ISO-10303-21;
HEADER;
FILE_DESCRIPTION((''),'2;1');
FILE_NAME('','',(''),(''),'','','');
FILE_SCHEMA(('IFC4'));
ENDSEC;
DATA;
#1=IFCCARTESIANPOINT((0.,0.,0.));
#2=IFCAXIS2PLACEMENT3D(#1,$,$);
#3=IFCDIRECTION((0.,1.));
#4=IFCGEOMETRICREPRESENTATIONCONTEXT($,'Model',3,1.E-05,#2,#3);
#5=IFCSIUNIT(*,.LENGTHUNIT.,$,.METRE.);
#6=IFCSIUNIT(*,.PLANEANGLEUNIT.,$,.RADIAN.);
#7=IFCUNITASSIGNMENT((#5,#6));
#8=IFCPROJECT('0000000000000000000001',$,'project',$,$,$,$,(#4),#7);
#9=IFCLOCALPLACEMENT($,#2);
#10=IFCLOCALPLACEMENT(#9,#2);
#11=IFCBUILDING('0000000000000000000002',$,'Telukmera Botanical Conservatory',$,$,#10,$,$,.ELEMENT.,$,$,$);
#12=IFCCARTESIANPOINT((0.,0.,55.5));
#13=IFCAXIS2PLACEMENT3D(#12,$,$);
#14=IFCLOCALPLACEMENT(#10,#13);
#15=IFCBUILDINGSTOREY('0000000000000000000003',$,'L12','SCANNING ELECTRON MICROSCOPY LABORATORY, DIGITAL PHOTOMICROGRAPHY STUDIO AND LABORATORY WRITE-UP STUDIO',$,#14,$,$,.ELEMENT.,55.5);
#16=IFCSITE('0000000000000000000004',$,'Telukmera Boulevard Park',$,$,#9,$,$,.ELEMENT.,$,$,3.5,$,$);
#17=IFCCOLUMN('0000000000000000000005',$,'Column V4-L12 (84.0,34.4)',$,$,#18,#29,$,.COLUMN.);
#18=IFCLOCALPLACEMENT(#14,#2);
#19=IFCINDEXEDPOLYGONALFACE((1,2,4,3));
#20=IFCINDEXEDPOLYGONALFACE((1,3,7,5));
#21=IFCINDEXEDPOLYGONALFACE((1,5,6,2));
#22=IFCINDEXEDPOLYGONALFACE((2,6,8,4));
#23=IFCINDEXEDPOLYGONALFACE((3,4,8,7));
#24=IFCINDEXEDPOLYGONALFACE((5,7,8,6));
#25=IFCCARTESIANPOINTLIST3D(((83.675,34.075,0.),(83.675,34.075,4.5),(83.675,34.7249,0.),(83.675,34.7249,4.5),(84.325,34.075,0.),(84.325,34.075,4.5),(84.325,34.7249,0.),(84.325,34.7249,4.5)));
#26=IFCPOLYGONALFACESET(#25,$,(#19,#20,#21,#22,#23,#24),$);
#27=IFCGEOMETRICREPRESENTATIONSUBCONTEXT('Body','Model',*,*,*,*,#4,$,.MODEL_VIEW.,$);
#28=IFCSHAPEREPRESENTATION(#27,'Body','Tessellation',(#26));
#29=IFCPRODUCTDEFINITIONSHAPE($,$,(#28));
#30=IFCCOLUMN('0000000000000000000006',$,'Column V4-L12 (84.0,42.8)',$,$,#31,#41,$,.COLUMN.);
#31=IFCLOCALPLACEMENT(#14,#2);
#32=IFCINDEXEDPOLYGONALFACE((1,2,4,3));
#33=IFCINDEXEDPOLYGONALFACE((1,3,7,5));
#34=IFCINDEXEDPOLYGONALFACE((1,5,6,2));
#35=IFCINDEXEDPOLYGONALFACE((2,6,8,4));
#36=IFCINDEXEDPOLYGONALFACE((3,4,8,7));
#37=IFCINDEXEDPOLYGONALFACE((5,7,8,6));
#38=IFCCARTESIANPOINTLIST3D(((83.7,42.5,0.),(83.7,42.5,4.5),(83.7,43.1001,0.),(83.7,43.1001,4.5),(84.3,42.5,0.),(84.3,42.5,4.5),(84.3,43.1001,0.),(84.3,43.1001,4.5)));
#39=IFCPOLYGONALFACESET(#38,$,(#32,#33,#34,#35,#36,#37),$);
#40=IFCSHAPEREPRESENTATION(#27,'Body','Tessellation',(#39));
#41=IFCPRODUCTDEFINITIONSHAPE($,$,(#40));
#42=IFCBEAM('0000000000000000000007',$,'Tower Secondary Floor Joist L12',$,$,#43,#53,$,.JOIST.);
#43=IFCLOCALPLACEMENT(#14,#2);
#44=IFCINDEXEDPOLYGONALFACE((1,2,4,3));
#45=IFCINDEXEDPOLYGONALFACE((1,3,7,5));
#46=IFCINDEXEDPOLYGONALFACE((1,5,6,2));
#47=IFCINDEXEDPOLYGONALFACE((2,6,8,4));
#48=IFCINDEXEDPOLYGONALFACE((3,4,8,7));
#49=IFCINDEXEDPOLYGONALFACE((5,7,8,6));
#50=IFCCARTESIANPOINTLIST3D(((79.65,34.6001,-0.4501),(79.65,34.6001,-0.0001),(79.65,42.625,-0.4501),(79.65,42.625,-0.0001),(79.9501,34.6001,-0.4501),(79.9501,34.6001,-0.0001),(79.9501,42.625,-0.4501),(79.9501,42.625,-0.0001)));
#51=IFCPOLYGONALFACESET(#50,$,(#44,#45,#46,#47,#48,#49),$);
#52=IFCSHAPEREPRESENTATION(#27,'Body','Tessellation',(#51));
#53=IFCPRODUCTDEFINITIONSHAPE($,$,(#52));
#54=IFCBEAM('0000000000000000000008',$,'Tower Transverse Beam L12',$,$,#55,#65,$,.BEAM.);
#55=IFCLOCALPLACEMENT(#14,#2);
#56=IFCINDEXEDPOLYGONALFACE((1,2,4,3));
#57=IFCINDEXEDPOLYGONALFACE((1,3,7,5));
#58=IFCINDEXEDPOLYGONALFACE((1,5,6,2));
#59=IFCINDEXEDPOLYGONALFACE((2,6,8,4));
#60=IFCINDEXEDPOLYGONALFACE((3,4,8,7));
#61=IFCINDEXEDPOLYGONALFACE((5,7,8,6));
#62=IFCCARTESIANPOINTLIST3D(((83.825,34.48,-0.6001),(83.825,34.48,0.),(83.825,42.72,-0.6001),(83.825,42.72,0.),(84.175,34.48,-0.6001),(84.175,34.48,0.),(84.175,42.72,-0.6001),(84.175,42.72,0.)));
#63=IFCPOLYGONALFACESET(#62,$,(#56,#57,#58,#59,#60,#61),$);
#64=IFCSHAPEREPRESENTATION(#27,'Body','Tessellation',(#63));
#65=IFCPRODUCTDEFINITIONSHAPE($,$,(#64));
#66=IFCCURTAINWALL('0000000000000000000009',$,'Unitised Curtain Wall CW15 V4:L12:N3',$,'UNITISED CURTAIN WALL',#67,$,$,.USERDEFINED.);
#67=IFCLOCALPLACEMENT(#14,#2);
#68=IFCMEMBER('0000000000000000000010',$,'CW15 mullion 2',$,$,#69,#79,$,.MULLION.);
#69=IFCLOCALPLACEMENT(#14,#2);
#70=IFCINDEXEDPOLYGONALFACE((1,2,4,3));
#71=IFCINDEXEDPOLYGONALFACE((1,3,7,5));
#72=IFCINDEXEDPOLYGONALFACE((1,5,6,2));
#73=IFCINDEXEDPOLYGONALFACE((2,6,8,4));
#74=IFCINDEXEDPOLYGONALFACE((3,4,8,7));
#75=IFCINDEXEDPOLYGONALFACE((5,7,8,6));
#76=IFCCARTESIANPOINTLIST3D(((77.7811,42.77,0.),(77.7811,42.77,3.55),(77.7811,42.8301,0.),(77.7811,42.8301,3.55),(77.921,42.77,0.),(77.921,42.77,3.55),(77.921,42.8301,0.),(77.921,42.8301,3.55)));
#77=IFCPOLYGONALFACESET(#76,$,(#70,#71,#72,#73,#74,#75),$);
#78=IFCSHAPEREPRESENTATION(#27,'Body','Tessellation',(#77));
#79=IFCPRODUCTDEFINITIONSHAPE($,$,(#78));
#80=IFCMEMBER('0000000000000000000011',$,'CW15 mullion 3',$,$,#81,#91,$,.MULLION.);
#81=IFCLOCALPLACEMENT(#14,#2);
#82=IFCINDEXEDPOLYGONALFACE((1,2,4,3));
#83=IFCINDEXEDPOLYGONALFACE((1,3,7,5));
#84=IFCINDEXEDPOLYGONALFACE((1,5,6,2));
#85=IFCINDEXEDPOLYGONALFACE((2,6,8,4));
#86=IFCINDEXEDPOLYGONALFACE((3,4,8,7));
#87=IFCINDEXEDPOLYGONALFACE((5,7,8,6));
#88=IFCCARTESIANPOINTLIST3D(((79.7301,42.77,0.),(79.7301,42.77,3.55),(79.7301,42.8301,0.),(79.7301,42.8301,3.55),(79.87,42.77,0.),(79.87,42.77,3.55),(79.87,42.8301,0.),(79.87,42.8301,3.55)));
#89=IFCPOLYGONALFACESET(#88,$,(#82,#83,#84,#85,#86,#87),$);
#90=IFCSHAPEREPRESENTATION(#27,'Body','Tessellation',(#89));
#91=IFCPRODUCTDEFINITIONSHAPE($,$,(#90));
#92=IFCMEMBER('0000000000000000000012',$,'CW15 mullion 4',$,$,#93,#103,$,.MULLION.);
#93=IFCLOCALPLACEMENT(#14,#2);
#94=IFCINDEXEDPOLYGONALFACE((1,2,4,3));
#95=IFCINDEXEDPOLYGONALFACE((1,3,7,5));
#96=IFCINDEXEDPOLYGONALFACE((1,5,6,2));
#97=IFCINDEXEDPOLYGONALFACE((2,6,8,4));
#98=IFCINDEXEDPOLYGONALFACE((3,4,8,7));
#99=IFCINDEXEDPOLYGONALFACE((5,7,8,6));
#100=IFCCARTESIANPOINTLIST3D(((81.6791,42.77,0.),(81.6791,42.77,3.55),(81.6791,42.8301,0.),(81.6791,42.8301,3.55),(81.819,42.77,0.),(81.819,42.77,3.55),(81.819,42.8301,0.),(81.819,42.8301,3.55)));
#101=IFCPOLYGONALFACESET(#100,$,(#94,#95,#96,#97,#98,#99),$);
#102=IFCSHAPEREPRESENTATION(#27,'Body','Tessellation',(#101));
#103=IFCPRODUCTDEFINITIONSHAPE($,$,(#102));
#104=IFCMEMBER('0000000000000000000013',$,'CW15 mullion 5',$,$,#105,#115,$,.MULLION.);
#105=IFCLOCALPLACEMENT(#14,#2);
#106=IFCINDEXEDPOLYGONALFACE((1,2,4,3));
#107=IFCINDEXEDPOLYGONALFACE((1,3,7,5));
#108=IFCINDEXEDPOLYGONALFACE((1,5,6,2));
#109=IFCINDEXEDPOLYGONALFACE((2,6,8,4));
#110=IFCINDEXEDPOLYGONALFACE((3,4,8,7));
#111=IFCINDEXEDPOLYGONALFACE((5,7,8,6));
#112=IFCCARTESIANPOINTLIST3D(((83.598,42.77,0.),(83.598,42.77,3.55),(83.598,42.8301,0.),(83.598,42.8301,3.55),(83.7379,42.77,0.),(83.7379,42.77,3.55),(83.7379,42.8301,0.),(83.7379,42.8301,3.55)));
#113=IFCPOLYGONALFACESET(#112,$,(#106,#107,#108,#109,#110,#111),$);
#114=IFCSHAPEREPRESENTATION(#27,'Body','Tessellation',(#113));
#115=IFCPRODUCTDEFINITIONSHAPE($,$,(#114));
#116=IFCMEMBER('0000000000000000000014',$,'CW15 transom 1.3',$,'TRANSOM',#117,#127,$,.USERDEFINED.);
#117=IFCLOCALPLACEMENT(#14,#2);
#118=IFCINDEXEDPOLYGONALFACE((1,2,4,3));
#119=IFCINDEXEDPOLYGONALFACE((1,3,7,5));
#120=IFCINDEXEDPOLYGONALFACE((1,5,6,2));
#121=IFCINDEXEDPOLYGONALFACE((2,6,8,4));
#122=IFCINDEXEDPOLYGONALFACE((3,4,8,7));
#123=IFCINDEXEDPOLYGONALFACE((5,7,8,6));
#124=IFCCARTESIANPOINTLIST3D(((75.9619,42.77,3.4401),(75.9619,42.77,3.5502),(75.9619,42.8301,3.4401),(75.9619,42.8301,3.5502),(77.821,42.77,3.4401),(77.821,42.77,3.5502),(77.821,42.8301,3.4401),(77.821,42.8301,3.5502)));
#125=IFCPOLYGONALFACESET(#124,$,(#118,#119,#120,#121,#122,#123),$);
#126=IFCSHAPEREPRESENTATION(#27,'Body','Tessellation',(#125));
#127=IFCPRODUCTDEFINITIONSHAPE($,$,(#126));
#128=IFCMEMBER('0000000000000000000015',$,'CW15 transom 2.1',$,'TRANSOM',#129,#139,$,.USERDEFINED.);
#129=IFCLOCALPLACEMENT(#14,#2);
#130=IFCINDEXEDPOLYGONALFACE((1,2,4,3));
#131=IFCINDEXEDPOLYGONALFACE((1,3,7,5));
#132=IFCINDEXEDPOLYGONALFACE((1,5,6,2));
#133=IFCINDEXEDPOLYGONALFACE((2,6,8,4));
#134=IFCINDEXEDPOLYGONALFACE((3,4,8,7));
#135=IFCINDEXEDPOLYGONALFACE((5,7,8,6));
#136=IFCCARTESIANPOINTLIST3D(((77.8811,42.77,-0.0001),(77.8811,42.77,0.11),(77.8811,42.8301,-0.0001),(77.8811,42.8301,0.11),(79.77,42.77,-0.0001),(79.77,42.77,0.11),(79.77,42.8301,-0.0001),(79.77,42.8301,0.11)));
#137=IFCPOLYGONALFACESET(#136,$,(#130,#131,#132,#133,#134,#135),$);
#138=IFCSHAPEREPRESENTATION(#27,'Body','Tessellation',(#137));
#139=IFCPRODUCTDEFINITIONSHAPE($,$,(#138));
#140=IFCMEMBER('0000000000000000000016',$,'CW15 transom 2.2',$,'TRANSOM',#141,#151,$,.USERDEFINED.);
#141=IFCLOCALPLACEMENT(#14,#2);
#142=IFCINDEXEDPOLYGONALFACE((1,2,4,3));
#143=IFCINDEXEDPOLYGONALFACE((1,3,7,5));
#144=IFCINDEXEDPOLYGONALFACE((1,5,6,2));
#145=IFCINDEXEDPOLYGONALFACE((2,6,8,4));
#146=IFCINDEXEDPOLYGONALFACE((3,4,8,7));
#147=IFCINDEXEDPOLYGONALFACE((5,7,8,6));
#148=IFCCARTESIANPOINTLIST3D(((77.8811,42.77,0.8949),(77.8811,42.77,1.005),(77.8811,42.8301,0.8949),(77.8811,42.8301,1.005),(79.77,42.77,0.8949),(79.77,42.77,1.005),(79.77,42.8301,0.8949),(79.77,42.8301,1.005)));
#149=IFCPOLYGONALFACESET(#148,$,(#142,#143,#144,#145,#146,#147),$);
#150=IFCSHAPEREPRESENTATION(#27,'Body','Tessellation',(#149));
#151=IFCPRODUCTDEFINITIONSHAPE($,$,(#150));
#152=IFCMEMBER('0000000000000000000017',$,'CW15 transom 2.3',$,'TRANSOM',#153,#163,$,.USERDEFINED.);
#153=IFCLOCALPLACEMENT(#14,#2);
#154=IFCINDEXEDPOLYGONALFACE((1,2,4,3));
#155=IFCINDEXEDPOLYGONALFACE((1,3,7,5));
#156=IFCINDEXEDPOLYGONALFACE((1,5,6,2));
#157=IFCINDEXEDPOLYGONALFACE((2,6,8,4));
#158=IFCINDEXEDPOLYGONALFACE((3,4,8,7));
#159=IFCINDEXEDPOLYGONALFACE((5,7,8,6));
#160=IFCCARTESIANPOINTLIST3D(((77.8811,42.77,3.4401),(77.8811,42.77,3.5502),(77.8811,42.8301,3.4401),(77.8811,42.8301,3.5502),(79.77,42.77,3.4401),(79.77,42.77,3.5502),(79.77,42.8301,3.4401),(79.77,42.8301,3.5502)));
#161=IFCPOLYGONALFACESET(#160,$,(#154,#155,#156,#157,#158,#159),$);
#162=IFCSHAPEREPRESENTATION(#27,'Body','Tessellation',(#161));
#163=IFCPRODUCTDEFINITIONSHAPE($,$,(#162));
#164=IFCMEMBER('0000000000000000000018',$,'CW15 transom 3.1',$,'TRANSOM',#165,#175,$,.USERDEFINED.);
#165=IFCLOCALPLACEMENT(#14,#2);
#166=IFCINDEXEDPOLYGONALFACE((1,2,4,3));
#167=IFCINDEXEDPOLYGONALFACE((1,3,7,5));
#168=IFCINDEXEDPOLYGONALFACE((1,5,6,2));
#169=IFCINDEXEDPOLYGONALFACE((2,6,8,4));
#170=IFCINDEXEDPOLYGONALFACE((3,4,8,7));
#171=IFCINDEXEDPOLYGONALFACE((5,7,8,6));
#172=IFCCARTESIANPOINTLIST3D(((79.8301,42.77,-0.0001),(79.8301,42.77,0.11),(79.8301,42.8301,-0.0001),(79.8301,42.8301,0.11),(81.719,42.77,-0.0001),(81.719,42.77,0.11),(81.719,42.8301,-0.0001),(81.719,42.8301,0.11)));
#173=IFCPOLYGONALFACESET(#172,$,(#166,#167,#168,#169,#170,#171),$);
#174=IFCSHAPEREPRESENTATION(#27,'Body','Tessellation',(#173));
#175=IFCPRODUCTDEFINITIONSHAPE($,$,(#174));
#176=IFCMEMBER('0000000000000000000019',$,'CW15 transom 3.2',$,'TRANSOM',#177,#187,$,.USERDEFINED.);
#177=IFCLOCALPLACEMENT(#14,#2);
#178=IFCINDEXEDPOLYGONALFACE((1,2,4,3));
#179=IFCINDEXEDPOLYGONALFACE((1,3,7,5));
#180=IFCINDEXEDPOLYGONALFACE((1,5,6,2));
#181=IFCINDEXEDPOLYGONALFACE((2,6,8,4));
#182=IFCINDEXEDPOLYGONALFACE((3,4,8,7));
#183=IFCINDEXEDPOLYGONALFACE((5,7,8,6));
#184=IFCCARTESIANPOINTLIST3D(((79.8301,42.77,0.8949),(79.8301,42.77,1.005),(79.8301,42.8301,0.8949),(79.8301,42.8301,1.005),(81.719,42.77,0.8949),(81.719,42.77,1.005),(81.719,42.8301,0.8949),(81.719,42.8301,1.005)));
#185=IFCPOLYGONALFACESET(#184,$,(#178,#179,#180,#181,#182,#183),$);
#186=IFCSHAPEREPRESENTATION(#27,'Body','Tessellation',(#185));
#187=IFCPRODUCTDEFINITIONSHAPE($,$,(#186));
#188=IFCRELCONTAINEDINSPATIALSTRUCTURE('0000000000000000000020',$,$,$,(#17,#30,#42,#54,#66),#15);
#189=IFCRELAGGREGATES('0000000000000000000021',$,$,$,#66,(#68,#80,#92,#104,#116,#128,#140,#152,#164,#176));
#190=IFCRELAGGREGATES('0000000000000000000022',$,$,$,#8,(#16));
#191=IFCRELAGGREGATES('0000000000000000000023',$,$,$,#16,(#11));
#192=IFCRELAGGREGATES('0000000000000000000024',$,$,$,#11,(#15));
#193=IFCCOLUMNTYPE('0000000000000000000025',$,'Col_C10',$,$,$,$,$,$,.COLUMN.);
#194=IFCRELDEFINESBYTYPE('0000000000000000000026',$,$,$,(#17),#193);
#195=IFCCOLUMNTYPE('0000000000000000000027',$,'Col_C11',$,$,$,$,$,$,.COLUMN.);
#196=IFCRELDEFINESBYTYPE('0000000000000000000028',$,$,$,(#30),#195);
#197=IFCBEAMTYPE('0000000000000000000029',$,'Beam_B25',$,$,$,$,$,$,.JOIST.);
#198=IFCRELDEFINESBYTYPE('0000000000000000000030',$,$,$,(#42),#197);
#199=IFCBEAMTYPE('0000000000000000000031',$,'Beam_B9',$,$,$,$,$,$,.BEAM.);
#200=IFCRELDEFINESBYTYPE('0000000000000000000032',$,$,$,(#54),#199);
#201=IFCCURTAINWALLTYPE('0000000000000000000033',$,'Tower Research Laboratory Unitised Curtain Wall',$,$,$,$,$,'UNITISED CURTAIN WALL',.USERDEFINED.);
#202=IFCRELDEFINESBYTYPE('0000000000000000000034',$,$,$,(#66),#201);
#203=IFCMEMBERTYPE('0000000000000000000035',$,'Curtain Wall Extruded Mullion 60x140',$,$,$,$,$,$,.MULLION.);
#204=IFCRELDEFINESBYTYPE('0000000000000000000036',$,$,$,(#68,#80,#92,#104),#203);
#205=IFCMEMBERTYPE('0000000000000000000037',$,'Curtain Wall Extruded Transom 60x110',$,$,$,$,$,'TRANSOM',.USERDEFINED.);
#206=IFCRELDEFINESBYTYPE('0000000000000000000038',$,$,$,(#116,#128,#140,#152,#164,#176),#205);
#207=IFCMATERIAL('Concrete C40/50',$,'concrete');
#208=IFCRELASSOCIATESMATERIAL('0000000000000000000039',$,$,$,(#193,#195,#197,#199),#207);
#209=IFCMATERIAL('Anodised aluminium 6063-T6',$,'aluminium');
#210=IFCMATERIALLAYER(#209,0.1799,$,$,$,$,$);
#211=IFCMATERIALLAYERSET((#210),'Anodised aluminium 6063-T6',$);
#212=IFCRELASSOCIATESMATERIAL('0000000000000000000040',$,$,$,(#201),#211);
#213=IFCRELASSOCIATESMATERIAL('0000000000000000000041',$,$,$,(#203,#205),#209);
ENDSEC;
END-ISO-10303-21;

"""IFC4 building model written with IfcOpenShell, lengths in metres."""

from ifc_helpers import new_model, si_unit, direction, frame, origin, origin_2d, place, context, subcontext, project, spatial, rectangle, extrude, material, layer, layer_set, material_profile, profile_set, type_object, element, aggregate, save


model = new_model("IFC4")

# Units and contexts
model_context = context("Model", 3, precision=1e-05, world=origin(), true_north=direction((0.0, 1.0)))
body_context = subcontext(model_context, "Body", "Model", "MODEL_VIEW")
ifc_project = project(units=[si_unit("LENGTHUNIT", "METRE"), si_unit("PLANEANGLEUNIT", "RADIAN")], contexts=[model_context])

# Site, building, storey
site_placement = place(None, origin())
site = spatial("IfcSite", under=ifc_project, at=site_placement, Name="Telukmera Boulevard Park", CompositionType="ELEMENT", RefElevation=3.5)
building_placement = place(site_placement, origin())
building = spatial("IfcBuilding", under=site, at=building_placement, Name="Telukmera Botanical Conservatory", CompositionType="ELEMENT")
storey_placement = place(building_placement, frame((0.0, 0.0, 55.5)))
storey = spatial("IfcBuildingStorey", under=building, at=storey_placement, Name="L12", Description="SCANNING ELECTRON MICROSCOPY LABORATORY, DIGITAL PHOTOMICROGRAPHY STUDIO AND LABORATORY WRITE-UP STUDIO", CompositionType="ELEMENT", Elevation=55.5)

# Columns
ifc_material_1 = material(Name="Concrete C40/50", Category="concrete")
ifc_material_profile_1 = material_profile(ifc_material_1, rectangle(XDim=0.6499, YDim=0.6499, at=origin_2d()), Name="RC 650x650")
ifc_profile_set_1 = profile_set([ifc_material_profile_1], Name="Concrete C40/50")
column_type_1 = type_object("IfcColumnType", Name="Col_C10", PredefinedType="COLUMN", material=ifc_profile_set_1)
column_1_placement = place(storey_placement, frame((84.0, 34.3999, 0.0), z_axis=(0.0, 0.0, 1.0), x_axis=(1.0, 0.0, 0.0)))
element("IfcColumn", 1, at=column_1_placement, inside=storey, type_object=column_type_1, Name="Column V4-L12 (84.0,34.4)", PredefinedType="COLUMN", context=body_context, shape_type="SweptSolid", body=[
    extrude(rectangle(XDim=0.6499, YDim=0.6499, at=origin_2d()), origin(), (0.0, 0.0, 1.0), 4.5),
])
ifc_material_profile_2 = material_profile(ifc_material_1, rectangle(XDim=0.6001, YDim=0.6001, at=origin_2d()), Name="RC 600x600")
ifc_profile_set_2 = profile_set([ifc_material_profile_2], Name="Concrete C40/50")
column_type_2 = type_object("IfcColumnType", Name="Col_C11", PredefinedType="COLUMN", material=ifc_profile_set_2)
column_2_placement = place(storey_placement, frame((84.0, 42.8, 0.0), z_axis=(0.0, 0.0, 1.0), x_axis=(1.0, 0.0, 0.0)))
element("IfcColumn", 2, at=column_2_placement, inside=storey, type_object=column_type_2, Name="Column V4-L12 (84.0,42.8)", PredefinedType="COLUMN", context=body_context, shape_type="SweptSolid", body=[
    extrude(rectangle(XDim=0.6001, YDim=0.6001, at=origin_2d()), origin(), (0.0, 0.0, 1.0), 4.5),
])

# Beams
ifc_material_profile_3 = material_profile(ifc_material_1, rectangle(XDim=0.3, YDim=0.45, at=origin_2d()), Name="RC 300x450")
ifc_profile_set_3 = profile_set([ifc_material_profile_3], Name="Concrete C40/50")
beam_type_1 = type_object("IfcBeamType", Name="Beam_B25", PredefinedType="JOIST", material=ifc_profile_set_3)
beam_1_placement = place(storey_placement, frame((79.8, 34.6001, -0.2251), z_axis=(0.0, 1.0, 0.0), x_axis=(-1.0, 0.0, 0.0)))
element("IfcBeam", 3, at=beam_1_placement, inside=storey, type_object=beam_type_1, Name="Tower Secondary Floor Joist L12", PredefinedType="JOIST", context=body_context, shape_type="SweptSolid", body=[
    extrude(rectangle(XDim=0.3, YDim=0.45, at=origin_2d()), origin(), (0.0, 0.0, 1.0), 8.0249),
])
ifc_material_profile_4 = material_profile(ifc_material_1, rectangle(XDim=0.3501, YDim=0.6001, at=origin_2d()), Name="RC 350x600")
ifc_profile_set_4 = profile_set([ifc_material_profile_4], Name="Concrete C40/50")
beam_type_2 = type_object("IfcBeamType", Name="Beam_B9", PredefinedType="BEAM", material=ifc_profile_set_4)
beam_2_placement = place(storey_placement, frame((84.0, 34.48, -0.3), z_axis=(0.0, 1.0, 0.0), x_axis=(-1.0, 0.0, 0.0)))
element("IfcBeam", 4, at=beam_2_placement, inside=storey, type_object=beam_type_2, Name="Tower Transverse Beam L12", PredefinedType="BEAM", context=body_context, shape_type="SweptSolid", body=[
    extrude(rectangle(XDim=0.3501, YDim=0.6001, at=origin_2d()), origin(), (0.0, 0.0, 1.0), 8.24),
])

# Curtain wall, members
ifc_material_2 = material(Name="Anodised aluminium 6063-T6", Category="aluminium")
ifc_layer_1 = layer(ifc_material_2, 0.1799)
ifc_layer_set_1 = layer_set([ifc_layer_1], Name="Anodised aluminium 6063-T6")
curtain_wall_type = type_object("IfcCurtainWallType", Name="Tower Research Laboratory Unitised Curtain Wall", ElementType="UNITISED CURTAIN WALL", PredefinedType="USERDEFINED", material=ifc_layer_set_1)
curtain_wall_placement = place(storey_placement, origin())
curtain_wall = element("IfcCurtainWall", 5, at=curtain_wall_placement, inside=storey, type_object=curtain_wall_type, Name="Unitised Curtain Wall CW15 V4:L12:N3", ObjectType="UNITISED CURTAIN WALL", PredefinedType="USERDEFINED")
ifc_material_profile_5 = material_profile(ifc_material_2, rectangle(XDim=0.0601, YDim=0.1399, at=origin_2d()), Name="ALU MULL 60x140")
ifc_profile_set_5 = profile_set([ifc_material_profile_5], Name="Anodised aluminium 6063-T6")
member_type_1 = type_object("IfcMemberType", Name="Curtain Wall Extruded Mullion 60x140", PredefinedType="MULLION", material=ifc_profile_set_5)
member_1_placement = place(storey_placement, frame((77.8511, 42.8, 0.0), z_axis=(0.0, 0.0, 1.0), x_axis=(0.0, 1.0, 0.0)))
member_1 = element("IfcMember", 6, at=member_1_placement, type_object=member_type_1, Name="CW15 mullion 2", PredefinedType="MULLION", context=body_context, shape_type="SweptSolid", body=[
    extrude(rectangle(XDim=0.0601, YDim=0.1399, at=origin_2d()), origin(), (0.0, 0.0, 1.0), 3.55),
])
member_2_placement = place(storey_placement, frame((79.8, 42.8, 0.0), z_axis=(0.0, 0.0, 1.0), x_axis=(0.0, 1.0, 0.0)))
member_2 = element("IfcMember", 7, at=member_2_placement, type_object=member_type_1, Name="CW15 mullion 3", PredefinedType="MULLION", context=body_context, shape_type="SweptSolid", body=[
    extrude(rectangle(XDim=0.0601, YDim=0.1399, at=origin_2d()), origin(), (0.0, 0.0, 1.0), 3.55),
])
member_3_placement = place(storey_placement, frame((81.749, 42.8, 0.0), z_axis=(0.0, 0.0, 1.0), x_axis=(0.0, 1.0, 0.0)))
member_3 = element("IfcMember", 8, at=member_3_placement, type_object=member_type_1, Name="CW15 mullion 4", PredefinedType="MULLION", context=body_context, shape_type="SweptSolid", body=[
    extrude(rectangle(XDim=0.0601, YDim=0.1399, at=origin_2d()), origin(), (0.0, 0.0, 1.0), 3.55),
])
member_4_placement = place(storey_placement, frame((83.668, 42.8, 0.0), z_axis=(0.0, 0.0, 1.0), x_axis=(0.0, 1.0, 0.0)))
member_4 = element("IfcMember", 9, at=member_4_placement, type_object=member_type_1, Name="CW15 mullion 5", PredefinedType="MULLION", context=body_context, shape_type="SweptSolid", body=[
    extrude(rectangle(XDim=0.0601, YDim=0.1399, at=origin_2d()), origin(), (0.0, 0.0, 1.0), 3.55),
])
ifc_material_profile_6 = material_profile(ifc_material_2, rectangle(XDim=0.0601, YDim=0.1101, at=origin_2d()), Name="ALU TRAN 60x110")
ifc_profile_set_6 = profile_set([ifc_material_profile_6], Name="Anodised aluminium 6063-T6")
member_type_2 = type_object("IfcMemberType", Name="Curtain Wall Extruded Transom 60x110", ElementType="TRANSOM", PredefinedType="USERDEFINED", material=ifc_profile_set_6)
member_5_placement = place(storey_placement, frame((75.9619, 42.8, 3.4951), z_axis=(1.0, 0.0, 0.0), x_axis=(0.0, 1.0, 0.0)))
member_5 = element("IfcMember", 10, at=member_5_placement, type_object=member_type_2, Name="CW15 transom 1.3", ObjectType="TRANSOM", PredefinedType="USERDEFINED", context=body_context, shape_type="SweptSolid", body=[
    extrude(rectangle(XDim=0.0601, YDim=0.1101, at=origin_2d()), origin(), (0.0, 0.0, 1.0), 1.8591),
])
member_6_placement = place(storey_placement, frame((77.8811, 42.8, 0.0549), z_axis=(1.0, 0.0, 0.0), x_axis=(0.0, 1.0, 0.0)))
member_6 = element("IfcMember", 11, at=member_6_placement, type_object=member_type_2, Name="CW15 transom 2.1", ObjectType="TRANSOM", PredefinedType="USERDEFINED", context=body_context, shape_type="SweptSolid", body=[
    extrude(rectangle(XDim=0.0601, YDim=0.1101, at=origin_2d()), origin(), (0.0, 0.0, 1.0), 1.8889),
])
member_7_placement = place(storey_placement, frame((77.8811, 42.8, 0.95), z_axis=(1.0, 0.0, 0.0), x_axis=(0.0, 1.0, 0.0)))
member_7 = element("IfcMember", 12, at=member_7_placement, type_object=member_type_2, Name="CW15 transom 2.2", ObjectType="TRANSOM", PredefinedType="USERDEFINED", context=body_context, shape_type="SweptSolid", body=[
    extrude(rectangle(XDim=0.0601, YDim=0.1101, at=origin_2d()), origin(), (0.0, 0.0, 1.0), 1.8889),
])
member_8_placement = place(storey_placement, frame((77.8811, 42.8, 3.4951), z_axis=(1.0, 0.0, 0.0), x_axis=(0.0, 1.0, 0.0)))
member_8 = element("IfcMember", 13, at=member_8_placement, type_object=member_type_2, Name="CW15 transom 2.3", ObjectType="TRANSOM", PredefinedType="USERDEFINED", context=body_context, shape_type="SweptSolid", body=[
    extrude(rectangle(XDim=0.0601, YDim=0.1101, at=origin_2d()), origin(), (0.0, 0.0, 1.0), 1.8889),
])
member_9_placement = place(storey_placement, frame((79.8301, 42.8, 0.0549), z_axis=(1.0, 0.0, 0.0), x_axis=(0.0, 1.0, 0.0)))
member_9 = element("IfcMember", 14, at=member_9_placement, type_object=member_type_2, Name="CW15 transom 3.1", ObjectType="TRANSOM", PredefinedType="USERDEFINED", context=body_context, shape_type="SweptSolid", body=[
    extrude(rectangle(XDim=0.0601, YDim=0.1101, at=origin_2d()), origin(), (0.0, 0.0, 1.0), 1.8889),
])
member_10_placement = place(storey_placement, frame((79.8301, 42.8, 0.95), z_axis=(1.0, 0.0, 0.0), x_axis=(0.0, 1.0, 0.0)))
member_10 = element("IfcMember", 15, at=member_10_placement, type_object=member_type_2, Name="CW15 transom 3.2", ObjectType="TRANSOM", PredefinedType="USERDEFINED", context=body_context, shape_type="SweptSolid", body=[
    extrude(rectangle(XDim=0.0601, YDim=0.1101, at=origin_2d()), origin(), (0.0, 0.0, 1.0), 1.8889),
])
aggregate(curtain_wall, [member_1, member_2, member_3, member_4, member_5, member_6, member_7, member_8, member_9, member_10])

save(model, "model.ifc")
